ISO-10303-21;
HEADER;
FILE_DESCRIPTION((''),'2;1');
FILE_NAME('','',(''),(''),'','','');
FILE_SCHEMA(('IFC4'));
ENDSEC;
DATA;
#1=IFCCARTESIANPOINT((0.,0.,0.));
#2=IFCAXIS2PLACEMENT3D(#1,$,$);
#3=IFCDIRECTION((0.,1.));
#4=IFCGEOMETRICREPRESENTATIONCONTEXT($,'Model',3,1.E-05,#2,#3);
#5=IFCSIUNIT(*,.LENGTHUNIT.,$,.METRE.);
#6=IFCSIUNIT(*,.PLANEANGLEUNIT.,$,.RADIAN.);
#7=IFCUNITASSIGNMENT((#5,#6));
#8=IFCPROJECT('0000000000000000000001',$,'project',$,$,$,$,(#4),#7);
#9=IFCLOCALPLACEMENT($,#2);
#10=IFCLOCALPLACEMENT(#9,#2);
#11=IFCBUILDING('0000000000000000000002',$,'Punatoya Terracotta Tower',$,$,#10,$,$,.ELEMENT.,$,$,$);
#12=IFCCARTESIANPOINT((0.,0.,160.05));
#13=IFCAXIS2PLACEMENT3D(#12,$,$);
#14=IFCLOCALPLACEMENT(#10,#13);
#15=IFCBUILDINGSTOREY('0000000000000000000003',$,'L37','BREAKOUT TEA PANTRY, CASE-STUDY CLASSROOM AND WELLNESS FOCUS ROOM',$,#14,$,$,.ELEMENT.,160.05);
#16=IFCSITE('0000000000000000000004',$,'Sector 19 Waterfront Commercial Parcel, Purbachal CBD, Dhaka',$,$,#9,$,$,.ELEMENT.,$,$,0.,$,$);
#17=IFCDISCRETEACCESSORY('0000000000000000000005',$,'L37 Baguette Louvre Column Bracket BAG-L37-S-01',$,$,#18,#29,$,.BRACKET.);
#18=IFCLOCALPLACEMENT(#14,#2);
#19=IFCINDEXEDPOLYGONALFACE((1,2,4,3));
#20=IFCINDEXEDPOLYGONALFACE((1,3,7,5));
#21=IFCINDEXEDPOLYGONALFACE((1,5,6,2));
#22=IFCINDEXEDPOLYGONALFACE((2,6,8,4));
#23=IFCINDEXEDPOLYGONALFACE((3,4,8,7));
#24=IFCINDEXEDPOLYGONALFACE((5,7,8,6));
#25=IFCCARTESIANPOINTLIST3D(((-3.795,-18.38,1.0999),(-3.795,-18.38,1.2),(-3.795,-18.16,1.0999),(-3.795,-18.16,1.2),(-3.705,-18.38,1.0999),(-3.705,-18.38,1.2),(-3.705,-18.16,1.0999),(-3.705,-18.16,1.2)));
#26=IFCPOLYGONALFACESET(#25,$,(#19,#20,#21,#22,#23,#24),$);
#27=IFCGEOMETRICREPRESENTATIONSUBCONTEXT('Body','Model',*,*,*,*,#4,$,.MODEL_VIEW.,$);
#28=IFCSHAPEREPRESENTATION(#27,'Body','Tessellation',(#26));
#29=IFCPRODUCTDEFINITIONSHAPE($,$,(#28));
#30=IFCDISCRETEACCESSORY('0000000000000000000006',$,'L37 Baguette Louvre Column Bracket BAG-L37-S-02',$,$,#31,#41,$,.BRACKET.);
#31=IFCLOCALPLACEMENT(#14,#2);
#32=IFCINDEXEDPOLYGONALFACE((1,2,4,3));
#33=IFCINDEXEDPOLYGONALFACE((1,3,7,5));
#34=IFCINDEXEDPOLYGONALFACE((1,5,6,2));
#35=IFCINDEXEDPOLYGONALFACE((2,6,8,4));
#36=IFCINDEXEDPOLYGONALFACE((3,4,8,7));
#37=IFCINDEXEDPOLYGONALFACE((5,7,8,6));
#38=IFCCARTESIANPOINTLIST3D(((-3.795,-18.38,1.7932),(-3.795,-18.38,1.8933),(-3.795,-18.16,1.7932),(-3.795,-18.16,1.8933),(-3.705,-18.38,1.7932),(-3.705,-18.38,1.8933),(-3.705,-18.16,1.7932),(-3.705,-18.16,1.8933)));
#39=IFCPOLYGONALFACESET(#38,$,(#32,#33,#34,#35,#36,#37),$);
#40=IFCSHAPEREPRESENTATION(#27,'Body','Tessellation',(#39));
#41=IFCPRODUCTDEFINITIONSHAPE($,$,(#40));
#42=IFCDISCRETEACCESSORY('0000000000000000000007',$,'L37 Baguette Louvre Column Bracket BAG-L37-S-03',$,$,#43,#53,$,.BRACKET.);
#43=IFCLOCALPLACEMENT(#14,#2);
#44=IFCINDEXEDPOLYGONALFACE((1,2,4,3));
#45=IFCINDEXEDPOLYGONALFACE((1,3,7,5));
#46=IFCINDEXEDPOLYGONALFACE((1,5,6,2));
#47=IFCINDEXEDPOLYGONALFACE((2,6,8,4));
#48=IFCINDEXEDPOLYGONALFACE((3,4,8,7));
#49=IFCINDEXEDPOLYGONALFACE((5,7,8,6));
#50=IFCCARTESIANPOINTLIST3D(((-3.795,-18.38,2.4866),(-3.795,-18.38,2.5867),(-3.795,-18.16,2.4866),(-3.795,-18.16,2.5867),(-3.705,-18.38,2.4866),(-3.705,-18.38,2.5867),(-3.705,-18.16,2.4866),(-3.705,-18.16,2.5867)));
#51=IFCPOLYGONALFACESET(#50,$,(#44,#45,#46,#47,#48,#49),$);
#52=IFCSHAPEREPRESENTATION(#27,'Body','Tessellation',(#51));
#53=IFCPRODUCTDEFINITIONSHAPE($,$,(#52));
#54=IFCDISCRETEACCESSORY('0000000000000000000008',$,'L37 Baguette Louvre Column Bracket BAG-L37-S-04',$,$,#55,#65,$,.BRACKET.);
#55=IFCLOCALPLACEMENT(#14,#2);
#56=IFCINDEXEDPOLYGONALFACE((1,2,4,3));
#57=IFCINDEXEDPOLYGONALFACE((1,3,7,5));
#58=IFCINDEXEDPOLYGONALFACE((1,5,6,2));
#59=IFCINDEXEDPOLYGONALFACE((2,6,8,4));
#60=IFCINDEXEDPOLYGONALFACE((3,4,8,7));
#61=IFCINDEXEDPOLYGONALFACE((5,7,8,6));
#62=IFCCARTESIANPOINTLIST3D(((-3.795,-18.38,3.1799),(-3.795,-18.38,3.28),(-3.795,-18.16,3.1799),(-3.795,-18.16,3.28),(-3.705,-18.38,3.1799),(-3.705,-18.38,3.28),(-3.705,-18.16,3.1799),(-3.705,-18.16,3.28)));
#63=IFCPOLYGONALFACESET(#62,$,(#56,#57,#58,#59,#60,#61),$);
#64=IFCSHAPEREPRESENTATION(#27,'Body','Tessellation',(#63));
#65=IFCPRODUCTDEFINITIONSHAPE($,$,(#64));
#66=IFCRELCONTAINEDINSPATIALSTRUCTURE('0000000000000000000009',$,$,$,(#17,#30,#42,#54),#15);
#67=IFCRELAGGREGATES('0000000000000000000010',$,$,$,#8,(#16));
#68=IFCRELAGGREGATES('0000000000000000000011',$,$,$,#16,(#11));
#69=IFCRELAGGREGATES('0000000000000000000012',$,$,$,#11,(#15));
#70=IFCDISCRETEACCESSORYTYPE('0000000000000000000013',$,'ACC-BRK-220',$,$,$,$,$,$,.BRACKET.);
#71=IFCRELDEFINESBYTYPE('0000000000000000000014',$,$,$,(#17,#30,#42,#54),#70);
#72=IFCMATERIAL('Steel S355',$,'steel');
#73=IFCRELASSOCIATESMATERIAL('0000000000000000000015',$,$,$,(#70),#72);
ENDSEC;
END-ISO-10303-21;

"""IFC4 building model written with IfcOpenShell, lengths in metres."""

from ifc_helpers import new_model, si_unit, direction, frame, origin, origin_2d, place, context, subcontext, project, spatial, rectangle, extrude, material, type_object, element, save


model = new_model("IFC4")

# Units and contexts
model_context = context("Model", 3, precision=1e-05, world=origin(), true_north=direction((0.0, 1.0)))
body_context = subcontext(model_context, "Body", "Model", "MODEL_VIEW")
ifc_project = project(units=[si_unit("LENGTHUNIT", "METRE"), si_unit("PLANEANGLEUNIT", "RADIAN")], contexts=[model_context])

# Site, building, storey
site_placement = place(None, origin())
site = spatial("IfcSite", under=ifc_project, at=site_placement, Name="Sector 19 Waterfront Commercial Parcel, Purbachal CBD, Dhaka", CompositionType="ELEMENT", RefElevation=0.0)
building_placement = place(site_placement, origin())
building = spatial("IfcBuilding", under=site, at=building_placement, Name="Punatoya Terracotta Tower", CompositionType="ELEMENT")
storey_placement = place(building_placement, frame((0.0, 0.0, 160.05)))
storey = spatial("IfcBuildingStorey", under=building, at=storey_placement, Name="L37", Description="BREAKOUT TEA PANTRY, CASE-STUDY CLASSROOM AND WELLNESS FOCUS ROOM", CompositionType="ELEMENT", Elevation=160.05)

# Shared definitions
ifc_material_1 = material(Name="Steel S355", Category="steel")

# Discrete accessories
discrete_accessory_type = type_object("IfcDiscreteAccessoryType", Name="ACC-BRK-220", PredefinedType="BRACKET", material=ifc_material_1)
for number, where, z_axis, x_axis, name in (
    (1, (-3.75, -18.27, 1.0999), (0.0, 0.0, 1.0), (1.0, 0.0, 0.0), "L37 Baguette Louvre Column Bracket BAG-L37-S-01"),
    (2, (-3.75, -18.27, 1.7932), (0.0, 0.0, 1.0), (1.0, 0.0, 0.0), "L37 Baguette Louvre Column Bracket BAG-L37-S-02"),
    (3, (-3.75, -18.27, 2.4866), (0.0, 0.0, 1.0), (1.0, 0.0, 0.0), "L37 Baguette Louvre Column Bracket BAG-L37-S-03"),
    (4, (-3.75, -18.27, 3.1799), (0.0, 0.0, 1.0), (1.0, 0.0, 0.0), "L37 Baguette Louvre Column Bracket BAG-L37-S-04"),
):
    element("IfcDiscreteAccessory", number, at=place(storey_placement, frame(where, z_axis=z_axis, x_axis=x_axis)), inside=storey, type_object=discrete_accessory_type, Name=name, PredefinedType="BRACKET", context=body_context, shape_type="SweptSolid", body=[
        extrude(rectangle(XDim=0.0901, YDim=0.22, at=origin_2d()), origin(), (0.0, 0.0, 1.0), 0.1001),
    ])

save(model, "model.ifc")
